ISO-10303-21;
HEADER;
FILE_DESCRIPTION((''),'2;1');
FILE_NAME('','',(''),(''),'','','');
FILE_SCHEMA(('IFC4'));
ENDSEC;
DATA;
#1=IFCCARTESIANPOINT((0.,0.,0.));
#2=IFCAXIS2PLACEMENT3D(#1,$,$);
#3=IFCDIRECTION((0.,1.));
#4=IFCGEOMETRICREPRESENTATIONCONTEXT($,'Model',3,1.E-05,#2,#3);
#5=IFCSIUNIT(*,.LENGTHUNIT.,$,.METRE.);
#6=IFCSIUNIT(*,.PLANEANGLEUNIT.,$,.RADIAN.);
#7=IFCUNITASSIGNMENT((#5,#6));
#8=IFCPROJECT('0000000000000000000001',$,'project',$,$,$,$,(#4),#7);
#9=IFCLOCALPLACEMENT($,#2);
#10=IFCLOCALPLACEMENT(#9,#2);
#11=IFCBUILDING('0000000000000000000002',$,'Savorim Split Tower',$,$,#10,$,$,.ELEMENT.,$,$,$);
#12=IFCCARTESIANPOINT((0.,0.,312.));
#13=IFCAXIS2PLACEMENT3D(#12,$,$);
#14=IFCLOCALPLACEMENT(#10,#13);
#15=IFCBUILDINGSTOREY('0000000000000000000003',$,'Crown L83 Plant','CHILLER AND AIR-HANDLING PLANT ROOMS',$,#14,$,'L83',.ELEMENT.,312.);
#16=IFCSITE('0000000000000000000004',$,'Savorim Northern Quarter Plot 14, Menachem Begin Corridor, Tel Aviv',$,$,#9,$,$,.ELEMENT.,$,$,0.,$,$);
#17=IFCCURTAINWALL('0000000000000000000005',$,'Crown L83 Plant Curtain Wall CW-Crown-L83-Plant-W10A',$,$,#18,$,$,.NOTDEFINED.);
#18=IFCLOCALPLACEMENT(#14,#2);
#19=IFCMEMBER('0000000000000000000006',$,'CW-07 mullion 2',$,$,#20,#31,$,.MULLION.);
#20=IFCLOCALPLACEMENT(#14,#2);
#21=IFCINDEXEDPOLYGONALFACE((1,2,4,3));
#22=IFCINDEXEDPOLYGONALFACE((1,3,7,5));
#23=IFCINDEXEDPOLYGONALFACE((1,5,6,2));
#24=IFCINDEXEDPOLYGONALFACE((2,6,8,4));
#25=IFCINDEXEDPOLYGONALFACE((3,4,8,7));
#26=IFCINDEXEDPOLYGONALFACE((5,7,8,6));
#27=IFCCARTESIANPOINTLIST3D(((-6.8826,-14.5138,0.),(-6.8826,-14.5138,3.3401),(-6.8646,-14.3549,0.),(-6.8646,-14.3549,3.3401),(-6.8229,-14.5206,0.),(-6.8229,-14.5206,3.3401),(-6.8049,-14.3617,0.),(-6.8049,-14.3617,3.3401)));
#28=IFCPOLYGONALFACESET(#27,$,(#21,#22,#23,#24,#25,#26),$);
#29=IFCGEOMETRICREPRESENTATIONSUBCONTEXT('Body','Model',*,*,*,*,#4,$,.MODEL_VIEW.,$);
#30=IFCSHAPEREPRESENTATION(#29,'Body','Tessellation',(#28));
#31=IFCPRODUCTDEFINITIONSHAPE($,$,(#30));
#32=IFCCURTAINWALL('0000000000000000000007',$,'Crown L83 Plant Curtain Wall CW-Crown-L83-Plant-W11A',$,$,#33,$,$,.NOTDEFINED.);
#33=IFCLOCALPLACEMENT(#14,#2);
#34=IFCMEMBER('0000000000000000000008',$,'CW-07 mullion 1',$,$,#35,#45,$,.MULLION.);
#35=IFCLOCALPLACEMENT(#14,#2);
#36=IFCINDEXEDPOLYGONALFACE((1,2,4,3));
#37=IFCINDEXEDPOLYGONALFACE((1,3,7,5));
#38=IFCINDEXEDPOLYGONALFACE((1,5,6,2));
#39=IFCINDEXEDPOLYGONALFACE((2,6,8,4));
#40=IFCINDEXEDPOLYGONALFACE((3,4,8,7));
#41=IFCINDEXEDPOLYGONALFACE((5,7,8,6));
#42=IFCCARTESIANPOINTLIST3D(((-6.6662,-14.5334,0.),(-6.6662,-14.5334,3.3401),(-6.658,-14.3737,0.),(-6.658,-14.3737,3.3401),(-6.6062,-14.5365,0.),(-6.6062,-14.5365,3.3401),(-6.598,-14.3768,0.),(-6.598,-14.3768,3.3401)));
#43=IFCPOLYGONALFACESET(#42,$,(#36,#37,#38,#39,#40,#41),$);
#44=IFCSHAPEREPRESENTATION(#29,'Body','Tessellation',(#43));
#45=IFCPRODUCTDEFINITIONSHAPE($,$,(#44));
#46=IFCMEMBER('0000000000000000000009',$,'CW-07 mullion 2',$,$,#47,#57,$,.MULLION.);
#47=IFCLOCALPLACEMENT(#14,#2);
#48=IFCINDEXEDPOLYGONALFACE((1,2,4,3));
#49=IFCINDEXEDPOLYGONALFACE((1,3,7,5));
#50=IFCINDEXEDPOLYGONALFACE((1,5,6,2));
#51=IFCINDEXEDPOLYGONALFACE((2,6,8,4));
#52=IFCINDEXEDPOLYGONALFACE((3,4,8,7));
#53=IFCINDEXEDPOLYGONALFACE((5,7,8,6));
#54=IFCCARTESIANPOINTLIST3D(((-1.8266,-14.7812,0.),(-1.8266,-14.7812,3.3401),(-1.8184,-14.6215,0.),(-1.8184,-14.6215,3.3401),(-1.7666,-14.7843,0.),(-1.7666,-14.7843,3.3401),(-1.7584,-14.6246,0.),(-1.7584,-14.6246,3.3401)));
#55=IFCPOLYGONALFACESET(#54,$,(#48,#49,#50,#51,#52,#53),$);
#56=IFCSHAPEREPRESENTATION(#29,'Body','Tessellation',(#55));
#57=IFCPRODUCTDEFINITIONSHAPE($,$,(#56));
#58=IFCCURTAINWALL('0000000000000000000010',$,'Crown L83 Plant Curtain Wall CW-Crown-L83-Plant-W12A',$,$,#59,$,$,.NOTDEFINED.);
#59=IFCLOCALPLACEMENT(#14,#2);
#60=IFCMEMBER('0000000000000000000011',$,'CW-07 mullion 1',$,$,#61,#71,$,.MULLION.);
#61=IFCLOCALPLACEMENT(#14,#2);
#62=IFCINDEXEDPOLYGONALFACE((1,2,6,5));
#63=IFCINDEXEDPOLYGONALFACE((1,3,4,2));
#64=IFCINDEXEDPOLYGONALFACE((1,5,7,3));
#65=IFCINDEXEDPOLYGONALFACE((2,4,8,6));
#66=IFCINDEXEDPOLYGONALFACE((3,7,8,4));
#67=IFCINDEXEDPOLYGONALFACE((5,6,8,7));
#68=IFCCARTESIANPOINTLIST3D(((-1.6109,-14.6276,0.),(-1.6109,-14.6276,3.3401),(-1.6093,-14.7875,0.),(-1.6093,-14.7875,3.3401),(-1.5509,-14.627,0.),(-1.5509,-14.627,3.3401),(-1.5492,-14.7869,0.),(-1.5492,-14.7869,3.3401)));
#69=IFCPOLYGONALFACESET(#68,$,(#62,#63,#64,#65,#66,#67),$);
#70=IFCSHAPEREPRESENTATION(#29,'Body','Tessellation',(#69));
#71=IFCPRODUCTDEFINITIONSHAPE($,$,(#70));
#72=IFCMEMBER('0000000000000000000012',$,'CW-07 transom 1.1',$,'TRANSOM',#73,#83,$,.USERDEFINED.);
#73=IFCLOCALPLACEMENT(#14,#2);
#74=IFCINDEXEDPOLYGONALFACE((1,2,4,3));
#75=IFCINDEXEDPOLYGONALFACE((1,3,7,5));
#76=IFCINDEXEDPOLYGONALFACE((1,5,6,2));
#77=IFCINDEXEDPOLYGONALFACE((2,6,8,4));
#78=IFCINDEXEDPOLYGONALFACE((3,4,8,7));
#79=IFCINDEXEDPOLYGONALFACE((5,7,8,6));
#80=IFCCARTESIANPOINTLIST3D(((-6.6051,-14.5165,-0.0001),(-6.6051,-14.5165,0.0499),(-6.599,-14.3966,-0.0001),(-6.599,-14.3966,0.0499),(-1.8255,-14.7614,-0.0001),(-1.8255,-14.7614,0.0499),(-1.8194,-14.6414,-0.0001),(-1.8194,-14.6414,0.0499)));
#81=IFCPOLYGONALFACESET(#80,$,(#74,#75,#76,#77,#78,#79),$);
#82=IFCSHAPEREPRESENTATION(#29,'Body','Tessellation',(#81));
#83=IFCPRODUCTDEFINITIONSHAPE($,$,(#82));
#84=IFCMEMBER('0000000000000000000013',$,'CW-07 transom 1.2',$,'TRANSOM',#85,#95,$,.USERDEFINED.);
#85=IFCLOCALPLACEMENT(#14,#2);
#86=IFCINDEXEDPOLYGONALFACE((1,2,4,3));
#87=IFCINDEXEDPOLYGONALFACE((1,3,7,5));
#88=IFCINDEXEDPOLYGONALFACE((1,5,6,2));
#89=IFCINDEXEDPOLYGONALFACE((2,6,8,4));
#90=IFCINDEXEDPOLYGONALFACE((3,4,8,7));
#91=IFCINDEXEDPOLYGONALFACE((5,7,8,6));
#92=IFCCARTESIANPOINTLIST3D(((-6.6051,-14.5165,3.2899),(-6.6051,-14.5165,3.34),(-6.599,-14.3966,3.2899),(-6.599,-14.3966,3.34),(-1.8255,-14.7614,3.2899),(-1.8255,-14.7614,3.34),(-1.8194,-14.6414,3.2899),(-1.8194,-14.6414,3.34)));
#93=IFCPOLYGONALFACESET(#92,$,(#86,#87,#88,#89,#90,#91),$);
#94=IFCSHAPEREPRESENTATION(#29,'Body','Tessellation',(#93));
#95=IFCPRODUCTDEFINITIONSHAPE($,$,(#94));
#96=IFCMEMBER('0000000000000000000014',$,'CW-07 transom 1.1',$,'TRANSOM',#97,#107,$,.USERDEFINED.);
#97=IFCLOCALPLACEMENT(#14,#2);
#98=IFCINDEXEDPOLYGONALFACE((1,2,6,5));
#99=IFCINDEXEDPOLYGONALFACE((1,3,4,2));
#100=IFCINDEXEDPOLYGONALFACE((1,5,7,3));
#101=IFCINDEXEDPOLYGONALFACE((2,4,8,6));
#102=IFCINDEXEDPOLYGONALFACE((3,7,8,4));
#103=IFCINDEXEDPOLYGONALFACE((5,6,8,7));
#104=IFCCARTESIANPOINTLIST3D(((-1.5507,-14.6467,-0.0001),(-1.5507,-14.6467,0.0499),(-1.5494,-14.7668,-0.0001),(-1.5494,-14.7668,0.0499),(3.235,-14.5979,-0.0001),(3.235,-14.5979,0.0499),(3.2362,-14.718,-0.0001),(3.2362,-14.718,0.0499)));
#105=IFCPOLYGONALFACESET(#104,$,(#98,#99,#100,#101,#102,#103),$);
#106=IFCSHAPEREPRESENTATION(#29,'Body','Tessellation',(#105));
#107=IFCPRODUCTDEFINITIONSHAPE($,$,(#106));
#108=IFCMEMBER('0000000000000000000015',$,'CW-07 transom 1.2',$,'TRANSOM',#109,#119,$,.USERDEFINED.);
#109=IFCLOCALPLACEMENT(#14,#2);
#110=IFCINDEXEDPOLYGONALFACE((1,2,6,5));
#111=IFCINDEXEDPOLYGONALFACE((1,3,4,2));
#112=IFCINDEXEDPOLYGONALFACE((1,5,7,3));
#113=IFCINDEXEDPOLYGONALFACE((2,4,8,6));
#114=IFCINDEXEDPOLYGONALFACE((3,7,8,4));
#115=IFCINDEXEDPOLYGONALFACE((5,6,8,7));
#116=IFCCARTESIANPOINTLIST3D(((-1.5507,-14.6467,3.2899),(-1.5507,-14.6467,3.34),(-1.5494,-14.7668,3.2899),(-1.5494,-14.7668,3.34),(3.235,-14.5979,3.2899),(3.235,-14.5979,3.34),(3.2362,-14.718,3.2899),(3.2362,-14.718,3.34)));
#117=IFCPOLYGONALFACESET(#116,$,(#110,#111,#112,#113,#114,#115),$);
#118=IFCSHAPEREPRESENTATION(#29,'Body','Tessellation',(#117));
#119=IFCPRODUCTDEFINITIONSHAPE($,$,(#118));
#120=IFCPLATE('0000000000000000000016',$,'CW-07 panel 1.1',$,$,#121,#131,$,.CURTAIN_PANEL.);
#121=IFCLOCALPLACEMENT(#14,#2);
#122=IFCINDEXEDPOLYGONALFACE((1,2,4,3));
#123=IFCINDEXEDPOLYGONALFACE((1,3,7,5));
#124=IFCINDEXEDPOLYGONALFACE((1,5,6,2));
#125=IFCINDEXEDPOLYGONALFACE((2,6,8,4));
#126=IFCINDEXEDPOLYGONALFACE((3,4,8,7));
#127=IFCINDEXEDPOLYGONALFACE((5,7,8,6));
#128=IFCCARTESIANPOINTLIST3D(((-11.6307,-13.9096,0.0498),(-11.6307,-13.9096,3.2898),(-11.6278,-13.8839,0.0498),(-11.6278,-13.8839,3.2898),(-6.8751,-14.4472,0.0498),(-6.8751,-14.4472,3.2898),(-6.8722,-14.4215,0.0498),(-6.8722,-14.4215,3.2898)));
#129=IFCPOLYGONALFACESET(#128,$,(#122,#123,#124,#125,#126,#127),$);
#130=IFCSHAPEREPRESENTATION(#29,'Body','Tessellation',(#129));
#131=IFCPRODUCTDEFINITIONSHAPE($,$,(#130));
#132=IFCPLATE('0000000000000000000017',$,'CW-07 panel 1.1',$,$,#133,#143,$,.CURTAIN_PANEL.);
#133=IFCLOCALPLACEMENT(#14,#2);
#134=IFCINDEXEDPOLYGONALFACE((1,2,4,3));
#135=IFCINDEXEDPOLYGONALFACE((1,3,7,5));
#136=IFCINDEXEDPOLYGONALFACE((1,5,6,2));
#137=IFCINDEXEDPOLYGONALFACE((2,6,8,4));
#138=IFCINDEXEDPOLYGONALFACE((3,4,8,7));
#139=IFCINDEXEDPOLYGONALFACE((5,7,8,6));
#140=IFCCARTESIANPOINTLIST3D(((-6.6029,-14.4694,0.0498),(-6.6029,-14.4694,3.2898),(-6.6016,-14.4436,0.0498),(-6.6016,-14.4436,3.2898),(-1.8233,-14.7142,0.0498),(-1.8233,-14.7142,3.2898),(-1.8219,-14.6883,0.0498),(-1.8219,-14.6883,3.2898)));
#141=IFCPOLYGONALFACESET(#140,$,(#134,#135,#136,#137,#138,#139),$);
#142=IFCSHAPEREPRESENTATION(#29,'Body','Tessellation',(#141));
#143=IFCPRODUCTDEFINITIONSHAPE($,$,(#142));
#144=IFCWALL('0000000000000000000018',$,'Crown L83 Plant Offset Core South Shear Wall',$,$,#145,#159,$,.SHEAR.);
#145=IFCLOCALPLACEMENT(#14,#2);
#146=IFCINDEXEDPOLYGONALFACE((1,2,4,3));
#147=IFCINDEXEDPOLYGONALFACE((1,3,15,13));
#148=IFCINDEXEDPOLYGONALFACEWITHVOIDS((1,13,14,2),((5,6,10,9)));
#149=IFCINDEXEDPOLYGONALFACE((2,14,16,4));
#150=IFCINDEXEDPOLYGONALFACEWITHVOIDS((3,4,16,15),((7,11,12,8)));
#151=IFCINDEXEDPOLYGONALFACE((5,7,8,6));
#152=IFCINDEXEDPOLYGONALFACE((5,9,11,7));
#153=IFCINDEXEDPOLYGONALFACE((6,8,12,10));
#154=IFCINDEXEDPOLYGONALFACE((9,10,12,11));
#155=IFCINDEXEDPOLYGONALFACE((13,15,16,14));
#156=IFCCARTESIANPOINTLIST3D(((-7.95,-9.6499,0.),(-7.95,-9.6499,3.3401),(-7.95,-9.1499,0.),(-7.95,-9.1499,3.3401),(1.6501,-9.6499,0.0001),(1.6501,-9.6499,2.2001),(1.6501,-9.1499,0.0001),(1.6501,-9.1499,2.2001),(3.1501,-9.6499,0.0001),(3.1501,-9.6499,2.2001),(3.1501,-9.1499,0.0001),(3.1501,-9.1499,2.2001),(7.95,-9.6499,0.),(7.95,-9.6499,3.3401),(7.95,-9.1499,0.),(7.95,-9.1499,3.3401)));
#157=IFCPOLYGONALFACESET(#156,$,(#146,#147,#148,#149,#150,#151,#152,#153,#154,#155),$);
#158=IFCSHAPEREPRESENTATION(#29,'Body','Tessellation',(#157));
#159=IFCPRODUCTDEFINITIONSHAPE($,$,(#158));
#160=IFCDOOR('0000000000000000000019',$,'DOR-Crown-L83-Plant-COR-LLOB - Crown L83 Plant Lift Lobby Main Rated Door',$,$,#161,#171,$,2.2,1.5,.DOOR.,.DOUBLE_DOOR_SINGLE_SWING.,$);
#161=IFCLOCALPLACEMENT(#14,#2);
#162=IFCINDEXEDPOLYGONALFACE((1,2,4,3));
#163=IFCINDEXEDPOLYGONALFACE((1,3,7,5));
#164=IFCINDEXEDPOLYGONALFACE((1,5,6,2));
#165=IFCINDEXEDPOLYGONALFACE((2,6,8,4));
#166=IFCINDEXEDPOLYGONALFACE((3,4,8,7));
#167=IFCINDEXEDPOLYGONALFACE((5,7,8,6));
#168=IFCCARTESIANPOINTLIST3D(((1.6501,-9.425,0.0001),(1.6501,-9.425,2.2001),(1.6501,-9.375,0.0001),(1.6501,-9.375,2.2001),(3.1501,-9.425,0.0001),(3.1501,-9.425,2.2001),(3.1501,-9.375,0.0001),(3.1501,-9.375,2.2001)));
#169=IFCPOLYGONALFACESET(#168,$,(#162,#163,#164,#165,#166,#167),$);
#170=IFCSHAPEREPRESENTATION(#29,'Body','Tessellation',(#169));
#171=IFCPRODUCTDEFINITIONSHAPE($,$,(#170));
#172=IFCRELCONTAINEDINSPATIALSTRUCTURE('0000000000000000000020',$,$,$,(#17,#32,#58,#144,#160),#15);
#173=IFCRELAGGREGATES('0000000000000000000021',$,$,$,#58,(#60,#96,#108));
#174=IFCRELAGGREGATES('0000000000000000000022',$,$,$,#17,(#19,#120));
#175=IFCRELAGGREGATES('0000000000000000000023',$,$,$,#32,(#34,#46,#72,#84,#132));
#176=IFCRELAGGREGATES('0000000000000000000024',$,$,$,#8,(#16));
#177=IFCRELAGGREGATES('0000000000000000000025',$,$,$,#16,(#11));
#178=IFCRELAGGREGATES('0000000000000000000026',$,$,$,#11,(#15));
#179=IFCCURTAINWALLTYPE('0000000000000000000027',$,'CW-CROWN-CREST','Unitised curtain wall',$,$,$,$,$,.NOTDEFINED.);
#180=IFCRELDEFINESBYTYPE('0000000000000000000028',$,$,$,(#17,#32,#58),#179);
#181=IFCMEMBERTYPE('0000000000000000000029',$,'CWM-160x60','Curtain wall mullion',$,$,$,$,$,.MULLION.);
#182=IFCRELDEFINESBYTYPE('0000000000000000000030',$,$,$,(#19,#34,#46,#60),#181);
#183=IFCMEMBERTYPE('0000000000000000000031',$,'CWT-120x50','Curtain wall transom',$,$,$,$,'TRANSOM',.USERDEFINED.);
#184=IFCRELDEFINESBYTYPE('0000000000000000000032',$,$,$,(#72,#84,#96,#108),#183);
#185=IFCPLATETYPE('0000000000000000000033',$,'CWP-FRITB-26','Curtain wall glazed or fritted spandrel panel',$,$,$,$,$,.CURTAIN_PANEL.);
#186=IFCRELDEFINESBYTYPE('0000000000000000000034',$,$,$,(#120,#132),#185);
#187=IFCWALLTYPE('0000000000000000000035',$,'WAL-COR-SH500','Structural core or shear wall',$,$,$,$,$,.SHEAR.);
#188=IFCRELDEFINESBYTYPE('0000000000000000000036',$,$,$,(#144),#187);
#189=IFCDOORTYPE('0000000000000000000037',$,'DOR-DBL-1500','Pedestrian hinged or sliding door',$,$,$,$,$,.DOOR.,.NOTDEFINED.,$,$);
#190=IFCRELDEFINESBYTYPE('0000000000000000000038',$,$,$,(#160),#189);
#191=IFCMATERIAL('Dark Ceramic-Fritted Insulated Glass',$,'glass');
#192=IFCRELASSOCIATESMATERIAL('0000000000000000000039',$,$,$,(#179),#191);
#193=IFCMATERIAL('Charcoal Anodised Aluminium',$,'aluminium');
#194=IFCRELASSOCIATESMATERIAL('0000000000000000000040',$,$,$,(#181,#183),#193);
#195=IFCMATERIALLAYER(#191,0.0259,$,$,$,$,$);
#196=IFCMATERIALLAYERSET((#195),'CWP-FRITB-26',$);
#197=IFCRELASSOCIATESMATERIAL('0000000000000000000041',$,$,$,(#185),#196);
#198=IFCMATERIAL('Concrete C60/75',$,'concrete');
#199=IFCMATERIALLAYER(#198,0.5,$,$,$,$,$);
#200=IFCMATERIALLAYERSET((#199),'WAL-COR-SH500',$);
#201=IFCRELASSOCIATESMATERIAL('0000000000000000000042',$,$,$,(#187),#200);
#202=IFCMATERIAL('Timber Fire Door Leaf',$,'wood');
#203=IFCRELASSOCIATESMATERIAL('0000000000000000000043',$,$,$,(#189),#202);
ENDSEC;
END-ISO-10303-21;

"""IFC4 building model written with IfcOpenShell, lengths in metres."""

from ifc_helpers import new_model, si_unit, direction, frame, frame_2d, origin, origin_2d, place, context, subcontext, project, spatial, rectangle, extrude, material, layer, layer_set, material_profile, profile_set, type_object, element, fill, aggregate, save


model = new_model("IFC4")

# Units and contexts
model_context = context("Model", 3, precision=1e-05, world=origin(), true_north=direction((0.0, 1.0)))
body_context = subcontext(model_context, "Body", "Model", "MODEL_VIEW")
ifc_project = project(units=[si_unit("LENGTHUNIT", "METRE"), si_unit("PLANEANGLEUNIT", "RADIAN")], contexts=[model_context])

# Site, building, storey
site_placement = place(None, origin())
site = spatial("IfcSite", under=ifc_project, at=site_placement, Name="Savorim Northern Quarter Plot 14, Menachem Begin Corridor, Tel Aviv", CompositionType="ELEMENT", RefElevation=0.0)
building_placement = place(site_placement, origin())
building = spatial("IfcBuilding", under=site, at=building_placement, Name="Savorim Split Tower", CompositionType="ELEMENT")
storey_placement = place(building_placement, frame((0.0, 0.0, 312.0)))
storey = spatial("IfcBuildingStorey", under=building, at=storey_placement, Name="Crown L83 Plant", Description="CHILLER AND AIR-HANDLING PLANT ROOMS", LongName="L83", CompositionType="ELEMENT", Elevation=312.0)

# Curtain wall, member
ifc_material_1 = material(Name="Dark Ceramic-Fritted Insulated Glass", Category="glass")
curtain_wall_type = type_object("IfcCurtainWallType", Name="CW-CROWN-CREST", Description="Unitised curtain wall", PredefinedType="NOTDEFINED", material=ifc_material_1)
curtain_wall_1_placement = place(storey_placement, origin())
curtain_wall_1 = element("IfcCurtainWall", 1, at=curtain_wall_1_placement, inside=storey, type_object=curtain_wall_type, Name="Crown L83 Plant Curtain Wall CW-Crown-L83-Plant-W10A", PredefinedType="NOTDEFINED")
ifc_material_2 = material(Name="Charcoal Anodised Aluminium", Category="aluminium")
ifc_material_profile_1 = material_profile(ifc_material_2, rectangle(XDim=0.1599, YDim=0.0601, at=origin_2d()), Name="ALU-M 160x60")
ifc_profile_set_1 = profile_set([ifc_material_profile_1], Name="Charcoal Anodised Aluminium")
member_type_1 = type_object("IfcMemberType", Name="CWM-160x60", Description="Curtain wall mullion", PredefinedType="MULLION", material=ifc_profile_set_1)
member_1_placement = place(storey_placement, frame((-6.8438, -14.4377, 0.0), z_axis=(0.0, 0.0, 1.0), x_axis=(0.112333, 0.993671, 0.0)))
member_1 = element("IfcMember", 2, at=member_1_placement, type_object=member_type_1, Name="CW-07 mullion 2", PredefinedType="MULLION", context=body_context, shape_type="SweptSolid", body=[
    extrude(rectangle(XDim=0.1599, YDim=0.0601, at=origin_2d()), origin(), (0.0, 0.0, 1.0), 3.3401),
])

# Curtain wall, members
curtain_wall_2_placement = place(storey_placement, origin())
curtain_wall_2 = element("IfcCurtainWall", 3, at=curtain_wall_2_placement, inside=storey, type_object=curtain_wall_type, Name="Crown L83 Plant Curtain Wall CW-Crown-L83-Plant-W11A", PredefinedType="NOTDEFINED")
member_2_placement = place(storey_placement, frame((-6.6321, -14.4551, 0.0), z_axis=(0.0, 0.0, 1.0), x_axis=(0.051143, 0.998691, 0.0)))
member_2 = element("IfcMember", 4, at=member_2_placement, type_object=member_type_1, Name="CW-07 mullion 1", PredefinedType="MULLION", context=body_context, shape_type="SweptSolid", body=[
    extrude(rectangle(XDim=0.1599, YDim=0.0601, at=origin_2d()), origin(), (0.0, 0.0, 1.0), 3.3401),
])
member_3_placement = place(storey_placement, frame((-1.7925, -14.7029, 0.0), z_axis=(0.0, 0.0, 1.0), x_axis=(0.051143, 0.998691, 0.0)))
member_3 = element("IfcMember", 5, at=member_3_placement, type_object=member_type_1, Name="CW-07 mullion 2", PredefinedType="MULLION", context=body_context, shape_type="SweptSolid", body=[
    extrude(rectangle(XDim=0.1599, YDim=0.0601, at=origin_2d()), origin(), (0.0, 0.0, 1.0), 3.3401),
])

# Curtain wall, member
curtain_wall_3_placement = place(storey_placement, origin())
curtain_wall_3 = element("IfcCurtainWall", 6, at=curtain_wall_3_placement, inside=storey, type_object=curtain_wall_type, Name="Crown L83 Plant Curtain Wall CW-Crown-L83-Plant-W12A", PredefinedType="NOTDEFINED")
member_4_placement = place(storey_placement, frame((-1.5801, -14.7073, 0.0), z_axis=(0.0, 0.0, 1.0), x_axis=(-0.010233, 0.999948, 0.0)))
member_4 = element("IfcMember", 7, at=member_4_placement, type_object=member_type_1, Name="CW-07 mullion 1", PredefinedType="MULLION", context=body_context, shape_type="SweptSolid", body=[
    extrude(rectangle(XDim=0.1599, YDim=0.0601, at=origin_2d()), origin(), (0.0, 0.0, 1.0), 3.3401),
])

# Members
ifc_material_profile_2 = material_profile(ifc_material_2, rectangle(XDim=0.1201, YDim=0.05, at=origin_2d()), Name="ALU-T 120x50")
ifc_profile_set_2 = profile_set([ifc_material_profile_2], Name="Charcoal Anodised Aluminium")
member_type_2 = type_object("IfcMemberType", Name="CWT-120x50", Description="Curtain wall transom", ElementType="TRANSOM", PredefinedType="USERDEFINED", material=ifc_profile_set_2)
member_5_placement = place(storey_placement, frame((-6.6021, -14.4565, 0.0249), z_axis=(0.99869, -0.051166, 0.0), x_axis=(0.051166, 0.99869, 0.0)))
member_5 = element("IfcMember", 8, at=member_5_placement, type_object=member_type_2, Name="CW-07 transom 1.1", ObjectType="TRANSOM", PredefinedType="USERDEFINED", context=body_context, shape_type="SweptSolid", body=[
    extrude(rectangle(XDim=0.1201, YDim=0.05, at=origin_2d()), origin(), (0.0, 0.0, 1.0), 4.7859),
])
member_6_placement = place(storey_placement, frame((-6.6021, -14.4565, 3.3149), z_axis=(0.99869, -0.051166, 0.0), x_axis=(0.051166, 0.99869, 0.0)))
member_6 = element("IfcMember", 9, at=member_6_placement, type_object=member_type_2, Name="CW-07 transom 1.2", ObjectType="TRANSOM", PredefinedType="USERDEFINED", context=body_context, shape_type="SweptSolid", body=[
    extrude(rectangle(XDim=0.1201, YDim=0.05, at=origin_2d()), origin(), (0.0, 0.0, 1.0), 4.7859),
])
member_7_placement = place(storey_placement, frame((-1.55, -14.7068, 0.0249), z_axis=(0.999948, 0.010203, 0.0), x_axis=(-0.010203, 0.999948, 0.0)))
member_7 = element("IfcMember", 10, at=member_7_placement, type_object=member_type_2, Name="CW-07 transom 1.1", ObjectType="TRANSOM", PredefinedType="USERDEFINED", context=body_context, shape_type="SweptSolid", body=[
    extrude(rectangle(XDim=0.1201, YDim=0.05, at=origin_2d()), origin(), (0.0, 0.0, 1.0), 4.7859),
])
member_8_placement = place(storey_placement, frame((-1.55, -14.7068, 3.3149), z_axis=(0.999948, 0.010203, 0.0), x_axis=(-0.010203, 0.999948, 0.0)))
member_8 = element("IfcMember", 11, at=member_8_placement, type_object=member_type_2, Name="CW-07 transom 1.2", ObjectType="TRANSOM", PredefinedType="USERDEFINED", context=body_context, shape_type="SweptSolid", body=[
    extrude(rectangle(XDim=0.1201, YDim=0.05, at=origin_2d()), origin(), (0.0, 0.0, 1.0), 4.7859),
])
aggregate(curtain_wall_3, [member_4, member_7, member_8])

# Plates
ifc_layer_1 = layer(ifc_material_1, 0.0259)
ifc_layer_set_1 = layer_set([ifc_layer_1], Name="CWP-FRITB-26")
plate_type = type_object("IfcPlateType", Name="CWP-FRITB-26", Description="Curtain wall glazed or fritted spandrel panel", PredefinedType="CURTAIN_PANEL", material=ifc_layer_set_1)
plate_1_placement = place(storey_placement, frame((-9.2515, -14.1655, 0.0498), z_axis=(0.0, 0.0, 1.0), x_axis=(0.993671, -0.112333, 0.0)))
plate_1 = element("IfcPlate", 12, at=plate_1_placement, type_object=plate_type, Name="CW-07 panel 1.1", PredefinedType="CURTAIN_PANEL", context=body_context, shape_type="SweptSolid", body=[
    extrude(rectangle(XDim=4.7859, YDim=0.0259, at=origin_2d()), origin(), (0.0, 0.0, 1.0), 3.24),
])
aggregate(curtain_wall_1, [member_1, plate_1])
plate_2_placement = place(storey_placement, frame((-4.2124, -14.5789, 0.0498), z_axis=(0.0, 0.0, 1.0), x_axis=(0.998691, -0.051143, 0.0)))
plate_2 = element("IfcPlate", 13, at=plate_2_placement, type_object=plate_type, Name="CW-07 panel 1.1", PredefinedType="CURTAIN_PANEL", context=body_context, shape_type="SweptSolid", body=[
    extrude(rectangle(XDim=4.7859, YDim=0.0259, at=origin_2d()), origin(), (0.0, 0.0, 1.0), 3.24),
])
aggregate(curtain_wall_2, [member_2, member_3, member_5, member_6, plate_2])

# Wall, opening, door
ifc_material_3 = material(Name="Concrete C60/75", Category="concrete")
ifc_layer_2 = layer(ifc_material_3, 0.5)
ifc_layer_set_2 = layer_set([ifc_layer_2], Name="WAL-COR-SH500")
wall_type_1 = type_object("IfcWallType", Name="WAL-COR-SH500", Description="Structural core or shear wall", PredefinedType="SHEAR", material=ifc_layer_set_2)
wall_1_placement = place(storey_placement, frame((-7.95, -9.3999, 0.0), z_axis=(0.0, 0.0, 1.0), x_axis=(1.0, 0.0, 0.0)))
wall_1 = element("IfcWall", 14, at=wall_1_placement, inside=storey, type_object=wall_type_1, Name="Crown L83 Plant Offset Core South Shear Wall", PredefinedType="SHEAR", context=body_context, shape_type="SweptSolid", body=[
    extrude(rectangle(XDim=15.8999, YDim=0.5, at=frame_2d((7.95, 0.0))), origin(), (0.0, 0.0, 1.0), 3.3401),
])
opening_1_placement = place(wall_1_placement, frame((9.6001, 0.0, 0.0)))
opening_1 = element("IfcOpeningElement", 15, at=opening_1_placement, cuts=wall_1, PredefinedType="OPENING", context=body_context, shape_type="SweptSolid", body=[
    extrude(rectangle(XDim=1.5, YDim=2.2, at=frame_2d((0.75, 1.1001))), frame((0.0, 0.26, 0.0), z_axis=(0.0, -1.0, 0.0), x_axis=(1.0, 0.0, 0.0)), (0.0, 0.0, 1.0), 0.52),
])
ifc_material_4 = material(Name="Timber Fire Door Leaf", Category="wood")
door_type_1 = type_object("IfcDoorType", Name="DOR-DBL-1500", Description="Pedestrian hinged or sliding door", OperationType="NOTDEFINED", PredefinedType="DOOR", material=ifc_material_4)
door_1_placement = place(opening_1_placement, origin())
door_1 = element("IfcDoor", 16, at=door_1_placement, inside=storey, type_object=door_type_1, Name="DOR-Crown-L83-Plant-COR-LLOB - Crown L83 Plant Lift Lobby Main Rated Door", OperationType="DOUBLE_DOOR_SINGLE_SWING", OverallHeight=2.2, OverallWidth=1.5, PredefinedType="DOOR", context=body_context, shape_type="SweptSolid", body=[
    extrude(rectangle(XDim=1.5, YDim=2.2, at=frame_2d((0.75, 1.1001))), frame((0.0, 0.0249, 0.0), z_axis=(0.0, -1.0, 0.0), x_axis=(1.0, 0.0, 0.0)), (0.0, 0.0, 1.0), 0.05),
])
fill(opening_1, door_1)

save(model, "model.ifc")
